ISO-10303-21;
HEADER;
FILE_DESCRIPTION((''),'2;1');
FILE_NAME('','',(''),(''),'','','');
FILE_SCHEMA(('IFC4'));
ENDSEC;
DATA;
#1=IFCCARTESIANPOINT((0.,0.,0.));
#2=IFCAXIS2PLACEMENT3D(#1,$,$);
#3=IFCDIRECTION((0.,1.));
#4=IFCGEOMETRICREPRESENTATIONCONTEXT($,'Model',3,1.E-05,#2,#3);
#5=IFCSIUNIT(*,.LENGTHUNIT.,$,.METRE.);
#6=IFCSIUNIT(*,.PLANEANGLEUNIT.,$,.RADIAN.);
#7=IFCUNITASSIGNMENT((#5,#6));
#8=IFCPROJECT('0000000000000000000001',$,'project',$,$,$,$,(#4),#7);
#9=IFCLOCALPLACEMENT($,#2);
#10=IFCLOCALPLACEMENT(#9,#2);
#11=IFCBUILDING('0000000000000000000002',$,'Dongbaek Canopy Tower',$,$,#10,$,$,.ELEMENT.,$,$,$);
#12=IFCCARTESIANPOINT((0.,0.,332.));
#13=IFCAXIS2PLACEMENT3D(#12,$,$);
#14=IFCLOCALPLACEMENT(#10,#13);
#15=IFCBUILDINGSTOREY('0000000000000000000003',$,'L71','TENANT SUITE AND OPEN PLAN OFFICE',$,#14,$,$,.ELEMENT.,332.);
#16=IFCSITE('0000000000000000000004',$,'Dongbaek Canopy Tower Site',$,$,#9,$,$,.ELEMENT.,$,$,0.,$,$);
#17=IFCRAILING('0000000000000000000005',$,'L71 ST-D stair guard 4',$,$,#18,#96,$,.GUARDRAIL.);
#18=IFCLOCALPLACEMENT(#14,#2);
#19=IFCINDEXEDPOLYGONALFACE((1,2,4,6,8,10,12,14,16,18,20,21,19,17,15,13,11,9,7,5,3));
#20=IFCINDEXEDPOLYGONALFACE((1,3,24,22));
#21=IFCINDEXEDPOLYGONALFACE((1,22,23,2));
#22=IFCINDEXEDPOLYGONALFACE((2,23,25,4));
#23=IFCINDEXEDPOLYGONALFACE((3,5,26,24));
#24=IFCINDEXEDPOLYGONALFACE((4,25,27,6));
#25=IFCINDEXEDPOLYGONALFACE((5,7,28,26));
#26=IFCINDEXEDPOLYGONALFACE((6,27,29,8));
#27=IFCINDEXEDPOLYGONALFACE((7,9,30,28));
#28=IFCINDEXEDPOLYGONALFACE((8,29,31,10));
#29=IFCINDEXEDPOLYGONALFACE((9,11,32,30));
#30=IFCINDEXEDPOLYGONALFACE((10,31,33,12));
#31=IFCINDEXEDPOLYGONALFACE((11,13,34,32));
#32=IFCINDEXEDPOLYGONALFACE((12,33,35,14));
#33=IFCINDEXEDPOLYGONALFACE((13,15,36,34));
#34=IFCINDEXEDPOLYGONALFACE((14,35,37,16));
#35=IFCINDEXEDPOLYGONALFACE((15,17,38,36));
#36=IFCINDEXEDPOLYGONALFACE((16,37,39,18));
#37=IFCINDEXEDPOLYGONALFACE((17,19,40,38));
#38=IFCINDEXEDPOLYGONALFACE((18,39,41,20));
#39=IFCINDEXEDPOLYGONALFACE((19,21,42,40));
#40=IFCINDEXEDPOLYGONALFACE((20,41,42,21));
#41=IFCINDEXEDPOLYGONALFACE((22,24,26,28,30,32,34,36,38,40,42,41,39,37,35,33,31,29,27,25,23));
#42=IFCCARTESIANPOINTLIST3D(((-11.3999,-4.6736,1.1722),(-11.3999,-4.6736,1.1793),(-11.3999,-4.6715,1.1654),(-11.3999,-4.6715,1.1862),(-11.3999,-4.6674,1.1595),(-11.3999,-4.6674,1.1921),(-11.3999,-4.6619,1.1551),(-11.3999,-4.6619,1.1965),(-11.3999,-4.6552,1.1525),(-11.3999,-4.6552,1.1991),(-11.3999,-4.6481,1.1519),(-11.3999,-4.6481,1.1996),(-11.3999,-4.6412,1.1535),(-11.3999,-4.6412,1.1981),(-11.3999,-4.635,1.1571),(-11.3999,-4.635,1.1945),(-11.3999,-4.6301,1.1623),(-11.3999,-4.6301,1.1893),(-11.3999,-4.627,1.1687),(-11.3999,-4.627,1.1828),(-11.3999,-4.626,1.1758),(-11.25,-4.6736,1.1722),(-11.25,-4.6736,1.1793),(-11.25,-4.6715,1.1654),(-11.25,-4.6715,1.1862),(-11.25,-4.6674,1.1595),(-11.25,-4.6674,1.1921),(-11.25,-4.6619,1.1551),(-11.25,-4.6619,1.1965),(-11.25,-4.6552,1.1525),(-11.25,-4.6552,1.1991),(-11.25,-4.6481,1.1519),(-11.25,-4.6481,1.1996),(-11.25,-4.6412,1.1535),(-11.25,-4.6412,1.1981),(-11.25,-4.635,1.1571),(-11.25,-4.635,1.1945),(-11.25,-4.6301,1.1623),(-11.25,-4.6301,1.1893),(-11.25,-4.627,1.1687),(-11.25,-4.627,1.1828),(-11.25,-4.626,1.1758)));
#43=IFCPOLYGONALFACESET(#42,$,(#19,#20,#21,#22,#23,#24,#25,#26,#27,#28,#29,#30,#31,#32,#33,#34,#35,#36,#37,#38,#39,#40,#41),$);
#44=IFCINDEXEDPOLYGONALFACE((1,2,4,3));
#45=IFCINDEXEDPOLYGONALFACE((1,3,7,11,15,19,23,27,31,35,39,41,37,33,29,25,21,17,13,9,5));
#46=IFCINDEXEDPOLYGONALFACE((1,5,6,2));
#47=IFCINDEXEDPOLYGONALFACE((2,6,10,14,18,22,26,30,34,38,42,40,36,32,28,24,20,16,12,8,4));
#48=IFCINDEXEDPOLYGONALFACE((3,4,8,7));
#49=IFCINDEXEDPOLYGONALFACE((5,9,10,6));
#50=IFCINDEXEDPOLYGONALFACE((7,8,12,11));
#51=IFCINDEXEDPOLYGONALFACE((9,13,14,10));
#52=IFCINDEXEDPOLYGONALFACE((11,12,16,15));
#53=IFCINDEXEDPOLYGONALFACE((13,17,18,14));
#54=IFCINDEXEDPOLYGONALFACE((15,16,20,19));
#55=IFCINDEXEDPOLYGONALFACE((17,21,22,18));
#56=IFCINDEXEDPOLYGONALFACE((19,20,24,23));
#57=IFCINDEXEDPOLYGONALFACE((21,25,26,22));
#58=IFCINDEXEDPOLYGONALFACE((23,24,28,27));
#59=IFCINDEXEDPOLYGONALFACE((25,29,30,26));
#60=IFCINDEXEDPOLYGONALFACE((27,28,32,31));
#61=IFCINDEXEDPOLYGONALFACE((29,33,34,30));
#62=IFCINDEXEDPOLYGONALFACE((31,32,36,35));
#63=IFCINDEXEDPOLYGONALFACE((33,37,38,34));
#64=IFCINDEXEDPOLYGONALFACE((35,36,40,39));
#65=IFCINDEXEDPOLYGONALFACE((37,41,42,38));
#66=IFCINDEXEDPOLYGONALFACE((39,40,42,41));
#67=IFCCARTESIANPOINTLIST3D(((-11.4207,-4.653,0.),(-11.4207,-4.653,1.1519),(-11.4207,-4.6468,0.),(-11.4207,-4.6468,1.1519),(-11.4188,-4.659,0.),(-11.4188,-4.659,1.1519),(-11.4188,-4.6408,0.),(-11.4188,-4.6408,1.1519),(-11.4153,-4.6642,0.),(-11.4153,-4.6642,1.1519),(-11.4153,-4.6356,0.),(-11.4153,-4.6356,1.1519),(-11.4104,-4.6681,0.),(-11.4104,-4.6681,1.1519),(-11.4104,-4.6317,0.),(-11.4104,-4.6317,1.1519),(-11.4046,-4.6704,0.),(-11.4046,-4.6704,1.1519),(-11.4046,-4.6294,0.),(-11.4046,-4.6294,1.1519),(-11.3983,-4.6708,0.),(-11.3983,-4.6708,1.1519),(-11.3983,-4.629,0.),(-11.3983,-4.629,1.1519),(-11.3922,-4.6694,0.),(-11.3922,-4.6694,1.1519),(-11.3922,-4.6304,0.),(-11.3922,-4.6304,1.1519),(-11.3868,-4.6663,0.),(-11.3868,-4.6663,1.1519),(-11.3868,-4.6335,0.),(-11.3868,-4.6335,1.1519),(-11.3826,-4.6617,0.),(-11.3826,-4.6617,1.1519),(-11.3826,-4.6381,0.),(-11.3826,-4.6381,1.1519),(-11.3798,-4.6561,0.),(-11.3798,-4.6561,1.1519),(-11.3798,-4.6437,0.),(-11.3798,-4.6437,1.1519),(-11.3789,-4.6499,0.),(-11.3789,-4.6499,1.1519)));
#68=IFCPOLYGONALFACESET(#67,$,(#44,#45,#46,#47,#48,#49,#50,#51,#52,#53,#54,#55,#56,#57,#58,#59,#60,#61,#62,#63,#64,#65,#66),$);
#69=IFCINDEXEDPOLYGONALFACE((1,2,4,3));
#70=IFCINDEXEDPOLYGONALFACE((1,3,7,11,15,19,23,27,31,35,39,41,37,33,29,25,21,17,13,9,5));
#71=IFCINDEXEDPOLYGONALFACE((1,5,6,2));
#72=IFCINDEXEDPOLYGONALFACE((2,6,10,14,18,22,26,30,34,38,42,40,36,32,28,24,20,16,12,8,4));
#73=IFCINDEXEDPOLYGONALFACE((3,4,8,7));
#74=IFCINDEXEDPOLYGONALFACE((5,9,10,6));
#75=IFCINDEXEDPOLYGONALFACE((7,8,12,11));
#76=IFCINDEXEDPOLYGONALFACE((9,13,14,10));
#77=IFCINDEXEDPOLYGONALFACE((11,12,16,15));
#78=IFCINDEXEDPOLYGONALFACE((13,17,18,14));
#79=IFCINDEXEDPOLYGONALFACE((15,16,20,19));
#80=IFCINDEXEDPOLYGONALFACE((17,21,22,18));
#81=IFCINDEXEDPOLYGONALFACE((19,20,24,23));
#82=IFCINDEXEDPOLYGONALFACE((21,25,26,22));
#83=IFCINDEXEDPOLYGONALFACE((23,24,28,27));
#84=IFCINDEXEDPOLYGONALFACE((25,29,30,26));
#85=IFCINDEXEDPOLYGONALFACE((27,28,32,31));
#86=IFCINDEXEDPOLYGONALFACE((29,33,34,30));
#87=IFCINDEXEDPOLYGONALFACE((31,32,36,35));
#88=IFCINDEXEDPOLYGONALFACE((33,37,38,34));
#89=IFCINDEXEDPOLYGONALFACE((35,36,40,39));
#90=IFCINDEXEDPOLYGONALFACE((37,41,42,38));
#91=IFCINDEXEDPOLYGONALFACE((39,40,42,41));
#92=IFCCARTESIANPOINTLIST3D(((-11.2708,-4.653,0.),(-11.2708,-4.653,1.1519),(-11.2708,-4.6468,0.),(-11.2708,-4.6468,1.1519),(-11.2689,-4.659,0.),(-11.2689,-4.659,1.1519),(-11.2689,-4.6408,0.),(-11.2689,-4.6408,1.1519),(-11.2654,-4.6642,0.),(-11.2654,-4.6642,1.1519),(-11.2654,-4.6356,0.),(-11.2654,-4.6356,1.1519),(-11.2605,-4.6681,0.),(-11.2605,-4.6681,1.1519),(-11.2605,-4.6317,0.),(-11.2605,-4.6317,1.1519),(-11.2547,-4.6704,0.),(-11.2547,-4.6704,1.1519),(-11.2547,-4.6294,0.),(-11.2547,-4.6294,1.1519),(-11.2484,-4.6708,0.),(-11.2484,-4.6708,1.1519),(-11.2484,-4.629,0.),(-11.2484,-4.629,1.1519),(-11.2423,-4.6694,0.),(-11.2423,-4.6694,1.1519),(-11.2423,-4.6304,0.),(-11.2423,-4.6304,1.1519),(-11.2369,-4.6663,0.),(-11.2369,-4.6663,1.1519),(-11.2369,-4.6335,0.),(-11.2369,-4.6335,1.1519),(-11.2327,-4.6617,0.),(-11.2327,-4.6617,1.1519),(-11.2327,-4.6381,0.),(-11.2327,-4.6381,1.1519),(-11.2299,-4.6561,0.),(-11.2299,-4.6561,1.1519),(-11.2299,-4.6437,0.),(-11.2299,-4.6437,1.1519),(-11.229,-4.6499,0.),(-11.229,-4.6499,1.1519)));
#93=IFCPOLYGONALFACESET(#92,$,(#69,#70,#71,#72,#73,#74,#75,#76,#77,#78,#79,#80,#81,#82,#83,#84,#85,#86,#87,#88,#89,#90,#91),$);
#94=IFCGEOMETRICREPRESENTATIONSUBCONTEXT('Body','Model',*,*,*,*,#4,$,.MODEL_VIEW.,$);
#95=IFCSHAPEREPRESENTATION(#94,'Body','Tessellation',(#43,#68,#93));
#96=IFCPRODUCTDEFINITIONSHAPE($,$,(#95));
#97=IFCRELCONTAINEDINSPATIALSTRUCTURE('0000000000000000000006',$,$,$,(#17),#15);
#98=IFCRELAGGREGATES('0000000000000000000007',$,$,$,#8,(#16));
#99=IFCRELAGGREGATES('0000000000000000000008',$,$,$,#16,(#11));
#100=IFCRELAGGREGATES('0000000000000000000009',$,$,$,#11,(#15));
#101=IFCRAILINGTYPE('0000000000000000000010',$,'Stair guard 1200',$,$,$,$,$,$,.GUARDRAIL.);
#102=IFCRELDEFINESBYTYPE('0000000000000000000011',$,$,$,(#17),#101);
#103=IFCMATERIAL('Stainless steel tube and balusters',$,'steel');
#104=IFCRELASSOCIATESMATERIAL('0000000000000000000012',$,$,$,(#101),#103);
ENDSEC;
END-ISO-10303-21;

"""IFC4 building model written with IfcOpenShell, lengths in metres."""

from ifc_helpers import new_model, si_unit, direction, frame, origin, origin_2d, place, context, subcontext, project, spatial, circle, extrude, material, type_object, element, save


model = new_model("IFC4")

# Units and contexts
model_context = context("Model", 3, precision=1e-05, world=origin(), true_north=direction((0.0, 1.0)))
body_context = subcontext(model_context, "Body", "Model", "MODEL_VIEW")
ifc_project = project(units=[si_unit("LENGTHUNIT", "METRE"), si_unit("PLANEANGLEUNIT", "RADIAN")], contexts=[model_context])

# Site, building, storey
site_placement = place(None, origin())
site = spatial("IfcSite", under=ifc_project, at=site_placement, Name="Dongbaek Canopy Tower Site", CompositionType="ELEMENT", RefElevation=0.0)
building_placement = place(site_placement, origin())
building = spatial("IfcBuilding", under=site, at=building_placement, Name="Dongbaek Canopy Tower", CompositionType="ELEMENT")
storey_placement = place(building_placement, frame((0.0, 0.0, 332.0)))
storey = spatial("IfcBuildingStorey", under=building, at=storey_placement, Name="L71", Description="TENANT SUITE AND OPEN PLAN OFFICE", CompositionType="ELEMENT", Elevation=332.0)

# Railing
ifc_material_1 = material(Name="Stainless steel tube and balusters", Category="steel")
railing_type_1 = type_object("IfcRailingType", Name="Stair guard 1200", PredefinedType="GUARDRAIL", material=ifc_material_1)
railing_1_placement = place(storey_placement, frame((-11.3999, -4.6499, 0.0)))
element("IfcRailing", 1, at=railing_1_placement, inside=storey, type_object=railing_type_1, Name="L71 ST-D stair guard 4", PredefinedType="GUARDRAIL", context=body_context, shape_type="SweptSolid", body=[
    extrude(circle(Radius=0.0239, at=origin_2d()), frame((0.0, 0.0, 1.1758), z_axis=(1.0, 0.0, 0.0), x_axis=(0.0, 1.0, 0.0)), (0.0, 0.0, 1.0), 0.1499),
    extrude(circle(Radius=0.021, at=origin_2d()), origin(), (0.0, 0.0, 1.0), 1.1519),
    extrude(circle(Radius=0.021, at=origin_2d()), frame((0.1499, 0.0, 0.0)), (0.0, 0.0, 1.0), 1.1519),
])

save(model, "model.ifc")
